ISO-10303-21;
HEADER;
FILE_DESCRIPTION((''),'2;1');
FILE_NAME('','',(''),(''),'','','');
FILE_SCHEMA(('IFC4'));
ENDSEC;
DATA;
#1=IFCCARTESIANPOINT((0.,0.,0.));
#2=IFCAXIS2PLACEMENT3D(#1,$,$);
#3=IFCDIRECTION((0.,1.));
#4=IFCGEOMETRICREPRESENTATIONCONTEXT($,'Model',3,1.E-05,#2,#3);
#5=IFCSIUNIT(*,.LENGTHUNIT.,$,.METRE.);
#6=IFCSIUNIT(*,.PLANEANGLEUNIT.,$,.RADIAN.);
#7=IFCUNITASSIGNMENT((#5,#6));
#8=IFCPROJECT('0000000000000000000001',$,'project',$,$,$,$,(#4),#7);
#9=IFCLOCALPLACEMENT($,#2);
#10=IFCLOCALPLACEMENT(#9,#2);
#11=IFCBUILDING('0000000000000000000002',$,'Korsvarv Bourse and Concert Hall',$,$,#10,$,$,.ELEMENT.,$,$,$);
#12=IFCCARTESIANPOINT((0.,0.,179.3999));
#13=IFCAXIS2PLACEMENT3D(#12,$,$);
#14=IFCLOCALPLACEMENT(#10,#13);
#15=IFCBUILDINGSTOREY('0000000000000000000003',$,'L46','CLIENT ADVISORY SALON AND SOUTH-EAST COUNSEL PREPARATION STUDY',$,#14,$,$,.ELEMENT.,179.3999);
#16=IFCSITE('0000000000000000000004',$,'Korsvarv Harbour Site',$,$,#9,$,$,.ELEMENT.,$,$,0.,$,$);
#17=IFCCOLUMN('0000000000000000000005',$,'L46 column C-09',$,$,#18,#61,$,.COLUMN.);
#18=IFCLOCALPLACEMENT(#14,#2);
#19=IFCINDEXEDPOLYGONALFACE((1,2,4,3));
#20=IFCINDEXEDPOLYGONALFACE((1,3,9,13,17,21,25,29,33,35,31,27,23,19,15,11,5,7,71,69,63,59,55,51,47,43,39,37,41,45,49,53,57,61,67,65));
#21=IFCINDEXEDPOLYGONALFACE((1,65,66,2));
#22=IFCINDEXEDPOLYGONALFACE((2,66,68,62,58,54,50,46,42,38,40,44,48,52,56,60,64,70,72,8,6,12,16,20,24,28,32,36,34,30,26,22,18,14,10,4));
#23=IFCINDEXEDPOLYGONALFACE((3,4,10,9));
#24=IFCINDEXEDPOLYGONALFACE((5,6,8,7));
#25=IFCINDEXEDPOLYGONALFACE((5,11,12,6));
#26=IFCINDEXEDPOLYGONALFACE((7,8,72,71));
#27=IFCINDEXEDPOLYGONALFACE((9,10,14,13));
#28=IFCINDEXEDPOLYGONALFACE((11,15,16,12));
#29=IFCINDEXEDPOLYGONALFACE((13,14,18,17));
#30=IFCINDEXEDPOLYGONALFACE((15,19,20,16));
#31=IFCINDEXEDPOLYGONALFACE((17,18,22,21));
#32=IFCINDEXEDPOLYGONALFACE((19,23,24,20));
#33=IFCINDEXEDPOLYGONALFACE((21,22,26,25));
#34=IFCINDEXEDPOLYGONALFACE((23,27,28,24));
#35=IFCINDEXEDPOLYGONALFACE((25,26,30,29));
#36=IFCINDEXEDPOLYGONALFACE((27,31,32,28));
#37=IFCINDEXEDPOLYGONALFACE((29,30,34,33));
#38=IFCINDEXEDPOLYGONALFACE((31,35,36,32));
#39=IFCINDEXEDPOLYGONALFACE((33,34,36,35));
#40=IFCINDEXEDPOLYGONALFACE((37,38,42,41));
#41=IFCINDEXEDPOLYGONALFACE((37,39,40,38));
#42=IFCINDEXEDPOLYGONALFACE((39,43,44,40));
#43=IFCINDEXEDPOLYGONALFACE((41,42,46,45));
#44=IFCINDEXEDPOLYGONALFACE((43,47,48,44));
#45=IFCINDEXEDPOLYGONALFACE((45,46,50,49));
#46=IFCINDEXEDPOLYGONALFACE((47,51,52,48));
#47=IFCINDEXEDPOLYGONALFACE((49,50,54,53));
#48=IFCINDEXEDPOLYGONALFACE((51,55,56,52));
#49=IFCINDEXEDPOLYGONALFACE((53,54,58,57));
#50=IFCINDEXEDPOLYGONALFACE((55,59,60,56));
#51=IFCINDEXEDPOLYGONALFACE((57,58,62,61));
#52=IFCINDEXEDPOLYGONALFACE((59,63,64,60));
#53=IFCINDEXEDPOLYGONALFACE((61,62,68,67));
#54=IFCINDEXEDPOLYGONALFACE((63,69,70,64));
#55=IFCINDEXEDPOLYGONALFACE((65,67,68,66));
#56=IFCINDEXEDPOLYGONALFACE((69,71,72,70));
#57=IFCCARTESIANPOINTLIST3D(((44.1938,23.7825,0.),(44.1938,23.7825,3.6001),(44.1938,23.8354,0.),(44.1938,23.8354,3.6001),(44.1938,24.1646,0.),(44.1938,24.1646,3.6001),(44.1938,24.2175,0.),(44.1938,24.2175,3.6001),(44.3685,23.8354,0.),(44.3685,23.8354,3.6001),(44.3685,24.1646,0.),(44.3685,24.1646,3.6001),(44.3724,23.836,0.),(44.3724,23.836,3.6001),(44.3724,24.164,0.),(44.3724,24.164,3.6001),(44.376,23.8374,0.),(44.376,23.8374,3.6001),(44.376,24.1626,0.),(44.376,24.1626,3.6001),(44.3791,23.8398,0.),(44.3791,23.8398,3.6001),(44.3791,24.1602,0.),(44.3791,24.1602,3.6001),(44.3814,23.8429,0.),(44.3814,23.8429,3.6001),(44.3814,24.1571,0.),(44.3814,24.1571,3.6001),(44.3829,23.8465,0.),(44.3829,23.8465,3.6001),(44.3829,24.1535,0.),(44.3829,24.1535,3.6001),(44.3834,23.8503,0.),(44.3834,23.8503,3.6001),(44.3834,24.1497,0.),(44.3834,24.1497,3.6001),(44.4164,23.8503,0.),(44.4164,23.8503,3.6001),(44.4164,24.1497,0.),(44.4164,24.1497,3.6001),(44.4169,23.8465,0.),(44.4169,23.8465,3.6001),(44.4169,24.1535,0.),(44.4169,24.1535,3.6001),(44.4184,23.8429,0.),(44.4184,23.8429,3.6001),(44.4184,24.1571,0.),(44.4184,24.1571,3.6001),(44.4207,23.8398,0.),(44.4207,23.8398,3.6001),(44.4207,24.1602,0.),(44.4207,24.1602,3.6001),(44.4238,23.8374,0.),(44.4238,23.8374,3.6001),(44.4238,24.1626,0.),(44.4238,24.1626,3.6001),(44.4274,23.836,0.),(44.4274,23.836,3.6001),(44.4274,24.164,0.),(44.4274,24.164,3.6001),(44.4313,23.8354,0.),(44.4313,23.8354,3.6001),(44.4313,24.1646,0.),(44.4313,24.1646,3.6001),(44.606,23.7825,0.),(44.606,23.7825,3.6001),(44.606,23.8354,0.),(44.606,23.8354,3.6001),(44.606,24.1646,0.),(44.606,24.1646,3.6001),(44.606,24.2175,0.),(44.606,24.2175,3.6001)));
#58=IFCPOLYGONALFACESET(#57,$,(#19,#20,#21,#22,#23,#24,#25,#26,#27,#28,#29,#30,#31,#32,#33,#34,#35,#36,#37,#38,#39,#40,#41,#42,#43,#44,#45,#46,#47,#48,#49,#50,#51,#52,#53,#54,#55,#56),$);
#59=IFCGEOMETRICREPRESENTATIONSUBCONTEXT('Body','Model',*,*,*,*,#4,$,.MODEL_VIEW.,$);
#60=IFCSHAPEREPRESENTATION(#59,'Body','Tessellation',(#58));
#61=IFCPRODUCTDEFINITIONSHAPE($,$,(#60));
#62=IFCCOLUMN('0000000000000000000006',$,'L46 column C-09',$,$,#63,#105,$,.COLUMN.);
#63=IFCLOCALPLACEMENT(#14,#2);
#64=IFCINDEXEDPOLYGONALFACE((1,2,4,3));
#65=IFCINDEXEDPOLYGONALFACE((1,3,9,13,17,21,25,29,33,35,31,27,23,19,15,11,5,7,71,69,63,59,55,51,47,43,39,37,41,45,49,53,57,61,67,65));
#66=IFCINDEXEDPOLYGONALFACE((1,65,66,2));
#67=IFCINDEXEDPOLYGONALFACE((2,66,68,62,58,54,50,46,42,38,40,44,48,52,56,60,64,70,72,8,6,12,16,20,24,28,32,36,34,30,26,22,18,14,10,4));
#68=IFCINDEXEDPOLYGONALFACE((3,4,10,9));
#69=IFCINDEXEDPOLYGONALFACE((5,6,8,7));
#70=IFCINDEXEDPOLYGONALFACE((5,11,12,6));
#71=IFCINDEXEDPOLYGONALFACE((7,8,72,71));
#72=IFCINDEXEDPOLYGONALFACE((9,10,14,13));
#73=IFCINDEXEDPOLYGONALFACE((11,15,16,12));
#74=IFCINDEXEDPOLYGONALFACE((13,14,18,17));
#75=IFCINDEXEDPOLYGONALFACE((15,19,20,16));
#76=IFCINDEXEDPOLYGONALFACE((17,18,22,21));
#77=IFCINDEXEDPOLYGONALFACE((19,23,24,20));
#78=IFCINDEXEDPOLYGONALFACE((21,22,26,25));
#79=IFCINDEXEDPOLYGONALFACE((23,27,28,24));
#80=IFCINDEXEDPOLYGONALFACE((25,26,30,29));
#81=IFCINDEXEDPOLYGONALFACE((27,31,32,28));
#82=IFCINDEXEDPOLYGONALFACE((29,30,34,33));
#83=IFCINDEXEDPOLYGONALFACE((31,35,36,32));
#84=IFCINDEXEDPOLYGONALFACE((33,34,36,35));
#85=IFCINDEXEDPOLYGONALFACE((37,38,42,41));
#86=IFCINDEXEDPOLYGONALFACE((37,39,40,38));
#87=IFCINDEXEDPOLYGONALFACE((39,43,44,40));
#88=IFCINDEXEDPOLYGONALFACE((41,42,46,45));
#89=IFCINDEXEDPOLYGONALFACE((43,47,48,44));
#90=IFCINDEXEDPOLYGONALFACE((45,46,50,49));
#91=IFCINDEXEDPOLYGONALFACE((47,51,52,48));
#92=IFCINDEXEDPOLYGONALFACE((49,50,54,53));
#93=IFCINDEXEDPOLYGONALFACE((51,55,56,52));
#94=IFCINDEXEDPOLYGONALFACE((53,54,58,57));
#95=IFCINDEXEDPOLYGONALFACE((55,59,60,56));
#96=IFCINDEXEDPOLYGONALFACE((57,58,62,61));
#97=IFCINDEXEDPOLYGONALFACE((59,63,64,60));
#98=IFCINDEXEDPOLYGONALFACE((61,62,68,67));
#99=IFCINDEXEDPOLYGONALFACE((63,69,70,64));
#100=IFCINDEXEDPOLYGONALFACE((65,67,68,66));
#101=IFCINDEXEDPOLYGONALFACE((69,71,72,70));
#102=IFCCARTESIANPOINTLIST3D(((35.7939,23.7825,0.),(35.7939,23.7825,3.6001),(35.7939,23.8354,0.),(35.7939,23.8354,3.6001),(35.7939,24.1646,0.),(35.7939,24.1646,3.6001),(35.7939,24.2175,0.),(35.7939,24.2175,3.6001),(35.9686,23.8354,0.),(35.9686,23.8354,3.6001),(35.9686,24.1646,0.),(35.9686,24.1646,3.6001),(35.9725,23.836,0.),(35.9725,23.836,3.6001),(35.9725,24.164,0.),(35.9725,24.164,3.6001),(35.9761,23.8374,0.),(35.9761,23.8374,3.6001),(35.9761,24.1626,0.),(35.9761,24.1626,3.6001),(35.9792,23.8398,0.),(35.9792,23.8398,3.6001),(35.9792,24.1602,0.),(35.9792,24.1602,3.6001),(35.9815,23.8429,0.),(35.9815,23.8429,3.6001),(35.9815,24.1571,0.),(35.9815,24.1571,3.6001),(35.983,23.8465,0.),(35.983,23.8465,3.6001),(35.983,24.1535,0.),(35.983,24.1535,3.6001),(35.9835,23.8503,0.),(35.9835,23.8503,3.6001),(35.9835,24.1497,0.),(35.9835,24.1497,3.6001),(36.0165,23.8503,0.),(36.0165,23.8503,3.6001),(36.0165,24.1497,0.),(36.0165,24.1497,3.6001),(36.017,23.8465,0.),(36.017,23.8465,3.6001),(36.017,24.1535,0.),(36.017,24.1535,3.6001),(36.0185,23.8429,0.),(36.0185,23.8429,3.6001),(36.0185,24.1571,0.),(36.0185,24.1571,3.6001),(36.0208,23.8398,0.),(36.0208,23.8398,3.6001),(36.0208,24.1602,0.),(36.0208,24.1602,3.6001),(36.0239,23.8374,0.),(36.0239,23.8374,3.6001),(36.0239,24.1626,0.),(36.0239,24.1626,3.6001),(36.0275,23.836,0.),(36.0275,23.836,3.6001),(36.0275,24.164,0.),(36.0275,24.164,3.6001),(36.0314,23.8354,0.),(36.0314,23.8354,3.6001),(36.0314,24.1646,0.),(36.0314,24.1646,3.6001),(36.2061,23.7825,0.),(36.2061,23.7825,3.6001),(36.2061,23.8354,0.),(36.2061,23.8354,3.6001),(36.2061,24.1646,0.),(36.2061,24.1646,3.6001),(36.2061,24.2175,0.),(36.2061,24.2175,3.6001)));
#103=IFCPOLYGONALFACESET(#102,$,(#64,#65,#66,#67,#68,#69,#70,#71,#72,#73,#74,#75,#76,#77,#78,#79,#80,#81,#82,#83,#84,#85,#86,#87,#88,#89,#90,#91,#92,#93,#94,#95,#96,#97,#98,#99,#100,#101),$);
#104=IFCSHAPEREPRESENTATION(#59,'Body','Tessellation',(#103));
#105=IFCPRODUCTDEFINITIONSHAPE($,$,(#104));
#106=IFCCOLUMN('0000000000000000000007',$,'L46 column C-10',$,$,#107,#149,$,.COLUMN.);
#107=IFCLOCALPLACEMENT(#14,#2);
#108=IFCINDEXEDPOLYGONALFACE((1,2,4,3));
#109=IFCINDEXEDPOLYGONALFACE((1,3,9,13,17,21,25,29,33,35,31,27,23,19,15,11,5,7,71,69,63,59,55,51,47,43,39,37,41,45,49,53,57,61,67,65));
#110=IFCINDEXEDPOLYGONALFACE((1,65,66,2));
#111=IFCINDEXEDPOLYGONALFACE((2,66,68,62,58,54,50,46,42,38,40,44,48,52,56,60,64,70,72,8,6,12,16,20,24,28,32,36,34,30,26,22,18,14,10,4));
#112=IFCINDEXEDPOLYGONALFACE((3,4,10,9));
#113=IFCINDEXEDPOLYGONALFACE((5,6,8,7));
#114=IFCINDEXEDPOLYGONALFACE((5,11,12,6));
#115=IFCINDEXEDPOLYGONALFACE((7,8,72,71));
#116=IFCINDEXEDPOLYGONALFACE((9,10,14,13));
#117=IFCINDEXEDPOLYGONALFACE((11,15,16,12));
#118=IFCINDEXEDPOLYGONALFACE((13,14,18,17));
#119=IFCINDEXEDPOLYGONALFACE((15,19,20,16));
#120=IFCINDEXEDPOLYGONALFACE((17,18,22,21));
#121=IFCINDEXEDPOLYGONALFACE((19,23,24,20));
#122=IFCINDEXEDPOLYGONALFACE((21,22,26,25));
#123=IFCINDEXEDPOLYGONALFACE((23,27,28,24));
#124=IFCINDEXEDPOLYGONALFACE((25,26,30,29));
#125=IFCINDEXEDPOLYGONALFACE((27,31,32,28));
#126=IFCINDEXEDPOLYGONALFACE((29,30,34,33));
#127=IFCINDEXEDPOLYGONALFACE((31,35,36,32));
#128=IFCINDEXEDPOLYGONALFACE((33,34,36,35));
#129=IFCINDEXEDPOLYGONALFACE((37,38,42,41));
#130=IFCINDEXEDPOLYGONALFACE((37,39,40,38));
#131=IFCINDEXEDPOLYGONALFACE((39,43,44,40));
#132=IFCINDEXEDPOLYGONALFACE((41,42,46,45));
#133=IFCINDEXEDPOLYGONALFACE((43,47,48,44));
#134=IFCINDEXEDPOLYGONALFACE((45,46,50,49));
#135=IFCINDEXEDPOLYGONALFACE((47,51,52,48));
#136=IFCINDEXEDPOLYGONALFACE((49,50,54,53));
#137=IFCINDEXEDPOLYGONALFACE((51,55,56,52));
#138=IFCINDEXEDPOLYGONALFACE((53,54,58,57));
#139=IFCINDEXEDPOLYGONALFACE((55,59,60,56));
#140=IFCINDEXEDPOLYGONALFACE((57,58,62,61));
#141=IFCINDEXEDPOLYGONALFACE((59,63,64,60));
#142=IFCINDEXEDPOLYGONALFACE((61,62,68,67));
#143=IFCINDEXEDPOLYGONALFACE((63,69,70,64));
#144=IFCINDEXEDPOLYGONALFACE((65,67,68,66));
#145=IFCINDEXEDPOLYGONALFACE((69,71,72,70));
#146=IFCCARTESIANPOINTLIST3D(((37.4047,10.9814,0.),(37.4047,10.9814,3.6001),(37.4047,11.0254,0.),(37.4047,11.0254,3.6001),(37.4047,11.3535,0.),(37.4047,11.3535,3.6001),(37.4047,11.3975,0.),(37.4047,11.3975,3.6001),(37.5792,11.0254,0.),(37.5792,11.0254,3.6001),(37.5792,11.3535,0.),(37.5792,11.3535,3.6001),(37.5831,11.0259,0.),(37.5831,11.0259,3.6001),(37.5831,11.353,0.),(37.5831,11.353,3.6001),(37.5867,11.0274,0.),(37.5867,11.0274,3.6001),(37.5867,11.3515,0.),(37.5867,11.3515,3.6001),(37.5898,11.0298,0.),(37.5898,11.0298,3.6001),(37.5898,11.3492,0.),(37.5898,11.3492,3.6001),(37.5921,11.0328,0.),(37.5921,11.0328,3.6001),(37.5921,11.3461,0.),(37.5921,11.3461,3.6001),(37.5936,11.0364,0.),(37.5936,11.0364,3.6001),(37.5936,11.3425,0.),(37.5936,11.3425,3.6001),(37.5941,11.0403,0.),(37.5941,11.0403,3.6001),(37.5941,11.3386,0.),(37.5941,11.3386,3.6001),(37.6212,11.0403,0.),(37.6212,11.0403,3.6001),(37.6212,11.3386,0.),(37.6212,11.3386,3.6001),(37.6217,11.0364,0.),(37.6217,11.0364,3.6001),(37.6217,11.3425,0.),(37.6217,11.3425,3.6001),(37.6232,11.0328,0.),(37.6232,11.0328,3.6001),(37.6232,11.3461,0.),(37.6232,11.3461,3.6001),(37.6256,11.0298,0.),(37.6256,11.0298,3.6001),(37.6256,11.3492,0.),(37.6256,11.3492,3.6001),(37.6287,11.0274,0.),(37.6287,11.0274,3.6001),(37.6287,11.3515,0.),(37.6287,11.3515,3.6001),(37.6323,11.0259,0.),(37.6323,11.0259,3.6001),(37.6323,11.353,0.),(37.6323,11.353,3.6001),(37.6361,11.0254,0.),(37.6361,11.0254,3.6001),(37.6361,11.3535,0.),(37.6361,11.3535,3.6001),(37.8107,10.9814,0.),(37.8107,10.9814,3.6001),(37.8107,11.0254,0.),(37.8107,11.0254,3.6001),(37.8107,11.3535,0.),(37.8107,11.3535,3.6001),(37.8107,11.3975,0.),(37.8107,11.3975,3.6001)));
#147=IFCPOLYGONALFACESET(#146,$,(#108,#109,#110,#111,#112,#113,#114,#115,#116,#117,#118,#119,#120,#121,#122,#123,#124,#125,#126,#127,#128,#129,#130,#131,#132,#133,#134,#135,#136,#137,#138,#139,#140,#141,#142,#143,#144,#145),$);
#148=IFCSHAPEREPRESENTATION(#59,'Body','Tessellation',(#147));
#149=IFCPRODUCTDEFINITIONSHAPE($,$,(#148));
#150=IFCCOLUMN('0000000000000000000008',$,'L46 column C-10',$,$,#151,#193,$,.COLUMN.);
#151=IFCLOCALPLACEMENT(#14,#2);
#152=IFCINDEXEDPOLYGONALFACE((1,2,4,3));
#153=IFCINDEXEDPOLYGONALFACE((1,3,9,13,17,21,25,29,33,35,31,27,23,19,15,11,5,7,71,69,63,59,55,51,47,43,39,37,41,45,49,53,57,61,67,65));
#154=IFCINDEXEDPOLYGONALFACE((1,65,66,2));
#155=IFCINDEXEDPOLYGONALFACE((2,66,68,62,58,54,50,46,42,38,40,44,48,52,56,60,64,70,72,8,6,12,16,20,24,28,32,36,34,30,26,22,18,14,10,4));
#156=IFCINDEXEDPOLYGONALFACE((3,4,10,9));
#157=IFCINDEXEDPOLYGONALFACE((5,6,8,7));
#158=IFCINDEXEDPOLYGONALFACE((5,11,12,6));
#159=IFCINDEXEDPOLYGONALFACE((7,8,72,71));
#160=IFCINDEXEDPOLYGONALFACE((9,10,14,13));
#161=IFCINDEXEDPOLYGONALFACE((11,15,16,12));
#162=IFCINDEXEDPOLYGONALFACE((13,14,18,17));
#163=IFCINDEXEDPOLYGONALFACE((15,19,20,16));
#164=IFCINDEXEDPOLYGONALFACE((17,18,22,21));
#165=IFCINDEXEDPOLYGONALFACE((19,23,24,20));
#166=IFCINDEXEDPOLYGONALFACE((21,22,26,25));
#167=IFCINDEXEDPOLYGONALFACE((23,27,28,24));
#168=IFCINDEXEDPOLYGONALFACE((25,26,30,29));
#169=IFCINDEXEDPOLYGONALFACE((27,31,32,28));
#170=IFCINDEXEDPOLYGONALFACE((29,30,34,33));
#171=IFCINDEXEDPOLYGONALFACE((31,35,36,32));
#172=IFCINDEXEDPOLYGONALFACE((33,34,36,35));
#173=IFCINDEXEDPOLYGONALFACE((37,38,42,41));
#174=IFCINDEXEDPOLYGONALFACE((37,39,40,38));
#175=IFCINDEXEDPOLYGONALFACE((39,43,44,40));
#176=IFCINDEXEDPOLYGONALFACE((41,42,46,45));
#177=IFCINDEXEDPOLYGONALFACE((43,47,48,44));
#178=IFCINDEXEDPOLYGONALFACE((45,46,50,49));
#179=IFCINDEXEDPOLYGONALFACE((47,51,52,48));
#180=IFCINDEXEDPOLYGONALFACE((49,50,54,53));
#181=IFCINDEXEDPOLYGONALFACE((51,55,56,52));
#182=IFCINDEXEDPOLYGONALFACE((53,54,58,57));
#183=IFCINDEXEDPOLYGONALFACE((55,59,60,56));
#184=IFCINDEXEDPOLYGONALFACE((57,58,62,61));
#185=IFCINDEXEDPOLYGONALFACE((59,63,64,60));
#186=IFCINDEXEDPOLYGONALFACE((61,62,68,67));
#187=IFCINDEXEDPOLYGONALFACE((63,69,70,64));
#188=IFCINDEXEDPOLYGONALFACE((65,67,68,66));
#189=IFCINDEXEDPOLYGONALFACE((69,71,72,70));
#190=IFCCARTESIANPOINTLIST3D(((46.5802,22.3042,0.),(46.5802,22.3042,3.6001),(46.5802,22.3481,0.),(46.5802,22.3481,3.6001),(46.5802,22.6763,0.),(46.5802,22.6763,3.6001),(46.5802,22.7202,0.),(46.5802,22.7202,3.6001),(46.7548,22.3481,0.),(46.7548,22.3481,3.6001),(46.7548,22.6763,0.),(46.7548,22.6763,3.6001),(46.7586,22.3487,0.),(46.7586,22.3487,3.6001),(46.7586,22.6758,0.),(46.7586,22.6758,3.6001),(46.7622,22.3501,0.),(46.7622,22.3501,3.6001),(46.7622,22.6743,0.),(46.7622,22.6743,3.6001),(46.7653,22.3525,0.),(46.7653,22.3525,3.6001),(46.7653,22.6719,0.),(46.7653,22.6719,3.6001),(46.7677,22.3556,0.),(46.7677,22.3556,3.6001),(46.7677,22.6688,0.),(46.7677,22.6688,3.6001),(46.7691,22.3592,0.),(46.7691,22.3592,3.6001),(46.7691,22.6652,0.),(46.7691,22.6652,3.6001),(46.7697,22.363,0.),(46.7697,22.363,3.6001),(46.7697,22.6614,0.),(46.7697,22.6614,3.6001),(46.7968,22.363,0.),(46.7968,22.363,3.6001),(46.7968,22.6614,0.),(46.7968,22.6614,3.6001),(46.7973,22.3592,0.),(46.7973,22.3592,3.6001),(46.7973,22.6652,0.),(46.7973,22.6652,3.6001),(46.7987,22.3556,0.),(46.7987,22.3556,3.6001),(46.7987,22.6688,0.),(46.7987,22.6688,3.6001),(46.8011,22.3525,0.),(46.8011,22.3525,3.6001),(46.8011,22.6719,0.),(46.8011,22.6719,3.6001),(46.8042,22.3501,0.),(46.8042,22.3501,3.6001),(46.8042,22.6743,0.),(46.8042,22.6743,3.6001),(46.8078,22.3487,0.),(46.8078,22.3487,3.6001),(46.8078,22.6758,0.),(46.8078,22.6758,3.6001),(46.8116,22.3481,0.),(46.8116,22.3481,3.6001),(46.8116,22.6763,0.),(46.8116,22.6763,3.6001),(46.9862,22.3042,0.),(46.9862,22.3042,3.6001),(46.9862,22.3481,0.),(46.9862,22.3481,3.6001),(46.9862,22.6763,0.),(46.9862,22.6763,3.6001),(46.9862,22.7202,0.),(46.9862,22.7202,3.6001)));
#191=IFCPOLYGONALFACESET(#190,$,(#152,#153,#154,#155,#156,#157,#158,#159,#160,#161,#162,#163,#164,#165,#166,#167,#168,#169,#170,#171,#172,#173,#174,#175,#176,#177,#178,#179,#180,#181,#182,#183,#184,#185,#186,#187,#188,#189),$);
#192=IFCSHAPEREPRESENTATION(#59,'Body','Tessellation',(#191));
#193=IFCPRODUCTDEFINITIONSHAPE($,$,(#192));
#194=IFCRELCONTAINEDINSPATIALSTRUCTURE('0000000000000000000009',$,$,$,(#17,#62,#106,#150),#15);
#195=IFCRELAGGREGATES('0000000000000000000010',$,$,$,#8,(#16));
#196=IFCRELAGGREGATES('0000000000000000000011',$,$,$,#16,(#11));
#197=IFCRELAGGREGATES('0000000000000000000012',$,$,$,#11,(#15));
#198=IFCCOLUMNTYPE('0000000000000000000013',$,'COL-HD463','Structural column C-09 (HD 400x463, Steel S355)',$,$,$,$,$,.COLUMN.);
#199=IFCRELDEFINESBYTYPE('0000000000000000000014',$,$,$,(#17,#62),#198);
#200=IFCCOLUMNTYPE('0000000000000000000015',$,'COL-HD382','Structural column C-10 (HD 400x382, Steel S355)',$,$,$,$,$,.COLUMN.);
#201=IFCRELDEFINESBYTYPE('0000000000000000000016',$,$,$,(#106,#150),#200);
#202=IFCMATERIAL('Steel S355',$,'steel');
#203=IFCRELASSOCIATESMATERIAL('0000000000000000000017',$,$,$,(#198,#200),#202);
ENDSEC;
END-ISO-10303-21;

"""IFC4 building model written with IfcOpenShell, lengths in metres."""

from ifc_helpers import new_model, si_unit, direction, frame, origin, origin_2d, place, context, subcontext, project, spatial, i_section, extrude, source, transform, mapped, material, material_profile, profile_set, type_object, element, save


model = new_model("IFC4")

# Units and contexts
model_context = context("Model", 3, precision=1e-05, world=origin(), true_north=direction((0.0, 1.0)))
body_context = subcontext(model_context, "Body", "Model", "MODEL_VIEW")
ifc_project = project(units=[si_unit("LENGTHUNIT", "METRE"), si_unit("PLANEANGLEUNIT", "RADIAN")], contexts=[model_context])

# Site, building, storey
site_placement = place(None, origin())
site = spatial("IfcSite", under=ifc_project, at=site_placement, Name="Korsvarv Harbour Site", CompositionType="ELEMENT", RefElevation=0.0)
building_placement = place(site_placement, origin())
building = spatial("IfcBuilding", under=site, at=building_placement, Name="Korsvarv Bourse and Concert Hall", CompositionType="ELEMENT")
storey_placement = place(building_placement, frame((0.0, 0.0, 179.3999)))
storey = spatial("IfcBuildingStorey", under=building, at=storey_placement, Name="L46", Description="CLIENT ADVISORY SALON AND SOUTH-EAST COUNSEL PREPARATION STUDY", CompositionType="ELEMENT", Elevation=179.3999)

# Columns
ifc_material_1 = material(Name="Steel S355", Category="steel")
ifc_material_profile_1 = material_profile(ifc_material_1, i_section(OverallWidth=0.4121, OverallDepth=0.4351, WebThickness=0.033, FlangeThickness=0.053, FilletRadius=0.0149, at=origin_2d()), Name="HD 400x463")
ifc_profile_set_1 = profile_set([ifc_material_profile_1], Name="Steel S355")
column_type_1 = type_object("IfcColumnType", Name="COL-HD463", Description="Structural column C-09 (HD 400x463, Steel S355)", PredefinedType="COLUMN", material=ifc_profile_set_1)
shared_shape_1 = source(origin(), body_context, "Body", "SweptSolid", [
    extrude(i_section(OverallWidth=0.4121, OverallDepth=0.4351, WebThickness=0.033, FlangeThickness=0.053, FilletRadius=0.0149, at=origin_2d()), origin(), (0.0, 0.0, 1.0), 3.6001),
])
for number, where, z_axis, x_axis, name in (
    (1, (44.3999, 24.0, 0.0), (0.0, 0.0, 1.0), (1.0, 0.0, 0.0), "L46 column C-09"),
    (2, (36.0, 24.0, 0.0), (0.0, 0.0, 1.0), (1.0, 0.0, 0.0), "L46 column C-09"),
):
    element("IfcColumn", number, at=place(storey_placement, frame(where, z_axis=z_axis, x_axis=x_axis)), inside=storey, type_object=column_type_1, Name=name, PredefinedType="COLUMN", context=body_context, shape_type="MappedRepresentation", body=[
        mapped(shared_shape_1, transform((0.0, 0.0, 0.0), scale=1.0)),
    ])
ifc_material_profile_2 = material_profile(ifc_material_1, i_section(OverallWidth=0.406, OverallDepth=0.416, WebThickness=0.0271, FlangeThickness=0.0439, FilletRadius=0.0149, at=origin_2d()), Name="HD 400x382")
ifc_profile_set_2 = profile_set([ifc_material_profile_2], Name="Steel S355")
column_type_2 = type_object("IfcColumnType", Name="COL-HD382", Description="Structural column C-10 (HD 400x382, Steel S355)", PredefinedType="COLUMN", material=ifc_profile_set_2)
shared_shape_2 = source(origin(), body_context, "Body", "SweptSolid", [
    extrude(i_section(OverallWidth=0.406, OverallDepth=0.416, WebThickness=0.0271, FlangeThickness=0.0439, FilletRadius=0.0149, at=origin_2d()), origin(), (0.0, 0.0, 1.0), 3.6001),
])
for number, where, z_axis, x_axis, name in (
    (3, (37.6077, 11.1895, 0.0), (0.0, 0.0, 1.0), (1.0, 0.0, 0.0), "L46 column C-10"),
    (4, (46.7832, 22.5122, 0.0), (0.0, 0.0, 1.0), (1.0, 0.0, 0.0), "L46 column C-10"),
):
    element("IfcColumn", number, at=place(storey_placement, frame(where, z_axis=z_axis, x_axis=x_axis)), inside=storey, type_object=column_type_2, Name=name, PredefinedType="COLUMN", context=body_context, shape_type="MappedRepresentation", body=[
        mapped(shared_shape_2, transform((0.0, 0.0, 0.0), scale=1.0)),
    ])

save(model, "model.ifc")
